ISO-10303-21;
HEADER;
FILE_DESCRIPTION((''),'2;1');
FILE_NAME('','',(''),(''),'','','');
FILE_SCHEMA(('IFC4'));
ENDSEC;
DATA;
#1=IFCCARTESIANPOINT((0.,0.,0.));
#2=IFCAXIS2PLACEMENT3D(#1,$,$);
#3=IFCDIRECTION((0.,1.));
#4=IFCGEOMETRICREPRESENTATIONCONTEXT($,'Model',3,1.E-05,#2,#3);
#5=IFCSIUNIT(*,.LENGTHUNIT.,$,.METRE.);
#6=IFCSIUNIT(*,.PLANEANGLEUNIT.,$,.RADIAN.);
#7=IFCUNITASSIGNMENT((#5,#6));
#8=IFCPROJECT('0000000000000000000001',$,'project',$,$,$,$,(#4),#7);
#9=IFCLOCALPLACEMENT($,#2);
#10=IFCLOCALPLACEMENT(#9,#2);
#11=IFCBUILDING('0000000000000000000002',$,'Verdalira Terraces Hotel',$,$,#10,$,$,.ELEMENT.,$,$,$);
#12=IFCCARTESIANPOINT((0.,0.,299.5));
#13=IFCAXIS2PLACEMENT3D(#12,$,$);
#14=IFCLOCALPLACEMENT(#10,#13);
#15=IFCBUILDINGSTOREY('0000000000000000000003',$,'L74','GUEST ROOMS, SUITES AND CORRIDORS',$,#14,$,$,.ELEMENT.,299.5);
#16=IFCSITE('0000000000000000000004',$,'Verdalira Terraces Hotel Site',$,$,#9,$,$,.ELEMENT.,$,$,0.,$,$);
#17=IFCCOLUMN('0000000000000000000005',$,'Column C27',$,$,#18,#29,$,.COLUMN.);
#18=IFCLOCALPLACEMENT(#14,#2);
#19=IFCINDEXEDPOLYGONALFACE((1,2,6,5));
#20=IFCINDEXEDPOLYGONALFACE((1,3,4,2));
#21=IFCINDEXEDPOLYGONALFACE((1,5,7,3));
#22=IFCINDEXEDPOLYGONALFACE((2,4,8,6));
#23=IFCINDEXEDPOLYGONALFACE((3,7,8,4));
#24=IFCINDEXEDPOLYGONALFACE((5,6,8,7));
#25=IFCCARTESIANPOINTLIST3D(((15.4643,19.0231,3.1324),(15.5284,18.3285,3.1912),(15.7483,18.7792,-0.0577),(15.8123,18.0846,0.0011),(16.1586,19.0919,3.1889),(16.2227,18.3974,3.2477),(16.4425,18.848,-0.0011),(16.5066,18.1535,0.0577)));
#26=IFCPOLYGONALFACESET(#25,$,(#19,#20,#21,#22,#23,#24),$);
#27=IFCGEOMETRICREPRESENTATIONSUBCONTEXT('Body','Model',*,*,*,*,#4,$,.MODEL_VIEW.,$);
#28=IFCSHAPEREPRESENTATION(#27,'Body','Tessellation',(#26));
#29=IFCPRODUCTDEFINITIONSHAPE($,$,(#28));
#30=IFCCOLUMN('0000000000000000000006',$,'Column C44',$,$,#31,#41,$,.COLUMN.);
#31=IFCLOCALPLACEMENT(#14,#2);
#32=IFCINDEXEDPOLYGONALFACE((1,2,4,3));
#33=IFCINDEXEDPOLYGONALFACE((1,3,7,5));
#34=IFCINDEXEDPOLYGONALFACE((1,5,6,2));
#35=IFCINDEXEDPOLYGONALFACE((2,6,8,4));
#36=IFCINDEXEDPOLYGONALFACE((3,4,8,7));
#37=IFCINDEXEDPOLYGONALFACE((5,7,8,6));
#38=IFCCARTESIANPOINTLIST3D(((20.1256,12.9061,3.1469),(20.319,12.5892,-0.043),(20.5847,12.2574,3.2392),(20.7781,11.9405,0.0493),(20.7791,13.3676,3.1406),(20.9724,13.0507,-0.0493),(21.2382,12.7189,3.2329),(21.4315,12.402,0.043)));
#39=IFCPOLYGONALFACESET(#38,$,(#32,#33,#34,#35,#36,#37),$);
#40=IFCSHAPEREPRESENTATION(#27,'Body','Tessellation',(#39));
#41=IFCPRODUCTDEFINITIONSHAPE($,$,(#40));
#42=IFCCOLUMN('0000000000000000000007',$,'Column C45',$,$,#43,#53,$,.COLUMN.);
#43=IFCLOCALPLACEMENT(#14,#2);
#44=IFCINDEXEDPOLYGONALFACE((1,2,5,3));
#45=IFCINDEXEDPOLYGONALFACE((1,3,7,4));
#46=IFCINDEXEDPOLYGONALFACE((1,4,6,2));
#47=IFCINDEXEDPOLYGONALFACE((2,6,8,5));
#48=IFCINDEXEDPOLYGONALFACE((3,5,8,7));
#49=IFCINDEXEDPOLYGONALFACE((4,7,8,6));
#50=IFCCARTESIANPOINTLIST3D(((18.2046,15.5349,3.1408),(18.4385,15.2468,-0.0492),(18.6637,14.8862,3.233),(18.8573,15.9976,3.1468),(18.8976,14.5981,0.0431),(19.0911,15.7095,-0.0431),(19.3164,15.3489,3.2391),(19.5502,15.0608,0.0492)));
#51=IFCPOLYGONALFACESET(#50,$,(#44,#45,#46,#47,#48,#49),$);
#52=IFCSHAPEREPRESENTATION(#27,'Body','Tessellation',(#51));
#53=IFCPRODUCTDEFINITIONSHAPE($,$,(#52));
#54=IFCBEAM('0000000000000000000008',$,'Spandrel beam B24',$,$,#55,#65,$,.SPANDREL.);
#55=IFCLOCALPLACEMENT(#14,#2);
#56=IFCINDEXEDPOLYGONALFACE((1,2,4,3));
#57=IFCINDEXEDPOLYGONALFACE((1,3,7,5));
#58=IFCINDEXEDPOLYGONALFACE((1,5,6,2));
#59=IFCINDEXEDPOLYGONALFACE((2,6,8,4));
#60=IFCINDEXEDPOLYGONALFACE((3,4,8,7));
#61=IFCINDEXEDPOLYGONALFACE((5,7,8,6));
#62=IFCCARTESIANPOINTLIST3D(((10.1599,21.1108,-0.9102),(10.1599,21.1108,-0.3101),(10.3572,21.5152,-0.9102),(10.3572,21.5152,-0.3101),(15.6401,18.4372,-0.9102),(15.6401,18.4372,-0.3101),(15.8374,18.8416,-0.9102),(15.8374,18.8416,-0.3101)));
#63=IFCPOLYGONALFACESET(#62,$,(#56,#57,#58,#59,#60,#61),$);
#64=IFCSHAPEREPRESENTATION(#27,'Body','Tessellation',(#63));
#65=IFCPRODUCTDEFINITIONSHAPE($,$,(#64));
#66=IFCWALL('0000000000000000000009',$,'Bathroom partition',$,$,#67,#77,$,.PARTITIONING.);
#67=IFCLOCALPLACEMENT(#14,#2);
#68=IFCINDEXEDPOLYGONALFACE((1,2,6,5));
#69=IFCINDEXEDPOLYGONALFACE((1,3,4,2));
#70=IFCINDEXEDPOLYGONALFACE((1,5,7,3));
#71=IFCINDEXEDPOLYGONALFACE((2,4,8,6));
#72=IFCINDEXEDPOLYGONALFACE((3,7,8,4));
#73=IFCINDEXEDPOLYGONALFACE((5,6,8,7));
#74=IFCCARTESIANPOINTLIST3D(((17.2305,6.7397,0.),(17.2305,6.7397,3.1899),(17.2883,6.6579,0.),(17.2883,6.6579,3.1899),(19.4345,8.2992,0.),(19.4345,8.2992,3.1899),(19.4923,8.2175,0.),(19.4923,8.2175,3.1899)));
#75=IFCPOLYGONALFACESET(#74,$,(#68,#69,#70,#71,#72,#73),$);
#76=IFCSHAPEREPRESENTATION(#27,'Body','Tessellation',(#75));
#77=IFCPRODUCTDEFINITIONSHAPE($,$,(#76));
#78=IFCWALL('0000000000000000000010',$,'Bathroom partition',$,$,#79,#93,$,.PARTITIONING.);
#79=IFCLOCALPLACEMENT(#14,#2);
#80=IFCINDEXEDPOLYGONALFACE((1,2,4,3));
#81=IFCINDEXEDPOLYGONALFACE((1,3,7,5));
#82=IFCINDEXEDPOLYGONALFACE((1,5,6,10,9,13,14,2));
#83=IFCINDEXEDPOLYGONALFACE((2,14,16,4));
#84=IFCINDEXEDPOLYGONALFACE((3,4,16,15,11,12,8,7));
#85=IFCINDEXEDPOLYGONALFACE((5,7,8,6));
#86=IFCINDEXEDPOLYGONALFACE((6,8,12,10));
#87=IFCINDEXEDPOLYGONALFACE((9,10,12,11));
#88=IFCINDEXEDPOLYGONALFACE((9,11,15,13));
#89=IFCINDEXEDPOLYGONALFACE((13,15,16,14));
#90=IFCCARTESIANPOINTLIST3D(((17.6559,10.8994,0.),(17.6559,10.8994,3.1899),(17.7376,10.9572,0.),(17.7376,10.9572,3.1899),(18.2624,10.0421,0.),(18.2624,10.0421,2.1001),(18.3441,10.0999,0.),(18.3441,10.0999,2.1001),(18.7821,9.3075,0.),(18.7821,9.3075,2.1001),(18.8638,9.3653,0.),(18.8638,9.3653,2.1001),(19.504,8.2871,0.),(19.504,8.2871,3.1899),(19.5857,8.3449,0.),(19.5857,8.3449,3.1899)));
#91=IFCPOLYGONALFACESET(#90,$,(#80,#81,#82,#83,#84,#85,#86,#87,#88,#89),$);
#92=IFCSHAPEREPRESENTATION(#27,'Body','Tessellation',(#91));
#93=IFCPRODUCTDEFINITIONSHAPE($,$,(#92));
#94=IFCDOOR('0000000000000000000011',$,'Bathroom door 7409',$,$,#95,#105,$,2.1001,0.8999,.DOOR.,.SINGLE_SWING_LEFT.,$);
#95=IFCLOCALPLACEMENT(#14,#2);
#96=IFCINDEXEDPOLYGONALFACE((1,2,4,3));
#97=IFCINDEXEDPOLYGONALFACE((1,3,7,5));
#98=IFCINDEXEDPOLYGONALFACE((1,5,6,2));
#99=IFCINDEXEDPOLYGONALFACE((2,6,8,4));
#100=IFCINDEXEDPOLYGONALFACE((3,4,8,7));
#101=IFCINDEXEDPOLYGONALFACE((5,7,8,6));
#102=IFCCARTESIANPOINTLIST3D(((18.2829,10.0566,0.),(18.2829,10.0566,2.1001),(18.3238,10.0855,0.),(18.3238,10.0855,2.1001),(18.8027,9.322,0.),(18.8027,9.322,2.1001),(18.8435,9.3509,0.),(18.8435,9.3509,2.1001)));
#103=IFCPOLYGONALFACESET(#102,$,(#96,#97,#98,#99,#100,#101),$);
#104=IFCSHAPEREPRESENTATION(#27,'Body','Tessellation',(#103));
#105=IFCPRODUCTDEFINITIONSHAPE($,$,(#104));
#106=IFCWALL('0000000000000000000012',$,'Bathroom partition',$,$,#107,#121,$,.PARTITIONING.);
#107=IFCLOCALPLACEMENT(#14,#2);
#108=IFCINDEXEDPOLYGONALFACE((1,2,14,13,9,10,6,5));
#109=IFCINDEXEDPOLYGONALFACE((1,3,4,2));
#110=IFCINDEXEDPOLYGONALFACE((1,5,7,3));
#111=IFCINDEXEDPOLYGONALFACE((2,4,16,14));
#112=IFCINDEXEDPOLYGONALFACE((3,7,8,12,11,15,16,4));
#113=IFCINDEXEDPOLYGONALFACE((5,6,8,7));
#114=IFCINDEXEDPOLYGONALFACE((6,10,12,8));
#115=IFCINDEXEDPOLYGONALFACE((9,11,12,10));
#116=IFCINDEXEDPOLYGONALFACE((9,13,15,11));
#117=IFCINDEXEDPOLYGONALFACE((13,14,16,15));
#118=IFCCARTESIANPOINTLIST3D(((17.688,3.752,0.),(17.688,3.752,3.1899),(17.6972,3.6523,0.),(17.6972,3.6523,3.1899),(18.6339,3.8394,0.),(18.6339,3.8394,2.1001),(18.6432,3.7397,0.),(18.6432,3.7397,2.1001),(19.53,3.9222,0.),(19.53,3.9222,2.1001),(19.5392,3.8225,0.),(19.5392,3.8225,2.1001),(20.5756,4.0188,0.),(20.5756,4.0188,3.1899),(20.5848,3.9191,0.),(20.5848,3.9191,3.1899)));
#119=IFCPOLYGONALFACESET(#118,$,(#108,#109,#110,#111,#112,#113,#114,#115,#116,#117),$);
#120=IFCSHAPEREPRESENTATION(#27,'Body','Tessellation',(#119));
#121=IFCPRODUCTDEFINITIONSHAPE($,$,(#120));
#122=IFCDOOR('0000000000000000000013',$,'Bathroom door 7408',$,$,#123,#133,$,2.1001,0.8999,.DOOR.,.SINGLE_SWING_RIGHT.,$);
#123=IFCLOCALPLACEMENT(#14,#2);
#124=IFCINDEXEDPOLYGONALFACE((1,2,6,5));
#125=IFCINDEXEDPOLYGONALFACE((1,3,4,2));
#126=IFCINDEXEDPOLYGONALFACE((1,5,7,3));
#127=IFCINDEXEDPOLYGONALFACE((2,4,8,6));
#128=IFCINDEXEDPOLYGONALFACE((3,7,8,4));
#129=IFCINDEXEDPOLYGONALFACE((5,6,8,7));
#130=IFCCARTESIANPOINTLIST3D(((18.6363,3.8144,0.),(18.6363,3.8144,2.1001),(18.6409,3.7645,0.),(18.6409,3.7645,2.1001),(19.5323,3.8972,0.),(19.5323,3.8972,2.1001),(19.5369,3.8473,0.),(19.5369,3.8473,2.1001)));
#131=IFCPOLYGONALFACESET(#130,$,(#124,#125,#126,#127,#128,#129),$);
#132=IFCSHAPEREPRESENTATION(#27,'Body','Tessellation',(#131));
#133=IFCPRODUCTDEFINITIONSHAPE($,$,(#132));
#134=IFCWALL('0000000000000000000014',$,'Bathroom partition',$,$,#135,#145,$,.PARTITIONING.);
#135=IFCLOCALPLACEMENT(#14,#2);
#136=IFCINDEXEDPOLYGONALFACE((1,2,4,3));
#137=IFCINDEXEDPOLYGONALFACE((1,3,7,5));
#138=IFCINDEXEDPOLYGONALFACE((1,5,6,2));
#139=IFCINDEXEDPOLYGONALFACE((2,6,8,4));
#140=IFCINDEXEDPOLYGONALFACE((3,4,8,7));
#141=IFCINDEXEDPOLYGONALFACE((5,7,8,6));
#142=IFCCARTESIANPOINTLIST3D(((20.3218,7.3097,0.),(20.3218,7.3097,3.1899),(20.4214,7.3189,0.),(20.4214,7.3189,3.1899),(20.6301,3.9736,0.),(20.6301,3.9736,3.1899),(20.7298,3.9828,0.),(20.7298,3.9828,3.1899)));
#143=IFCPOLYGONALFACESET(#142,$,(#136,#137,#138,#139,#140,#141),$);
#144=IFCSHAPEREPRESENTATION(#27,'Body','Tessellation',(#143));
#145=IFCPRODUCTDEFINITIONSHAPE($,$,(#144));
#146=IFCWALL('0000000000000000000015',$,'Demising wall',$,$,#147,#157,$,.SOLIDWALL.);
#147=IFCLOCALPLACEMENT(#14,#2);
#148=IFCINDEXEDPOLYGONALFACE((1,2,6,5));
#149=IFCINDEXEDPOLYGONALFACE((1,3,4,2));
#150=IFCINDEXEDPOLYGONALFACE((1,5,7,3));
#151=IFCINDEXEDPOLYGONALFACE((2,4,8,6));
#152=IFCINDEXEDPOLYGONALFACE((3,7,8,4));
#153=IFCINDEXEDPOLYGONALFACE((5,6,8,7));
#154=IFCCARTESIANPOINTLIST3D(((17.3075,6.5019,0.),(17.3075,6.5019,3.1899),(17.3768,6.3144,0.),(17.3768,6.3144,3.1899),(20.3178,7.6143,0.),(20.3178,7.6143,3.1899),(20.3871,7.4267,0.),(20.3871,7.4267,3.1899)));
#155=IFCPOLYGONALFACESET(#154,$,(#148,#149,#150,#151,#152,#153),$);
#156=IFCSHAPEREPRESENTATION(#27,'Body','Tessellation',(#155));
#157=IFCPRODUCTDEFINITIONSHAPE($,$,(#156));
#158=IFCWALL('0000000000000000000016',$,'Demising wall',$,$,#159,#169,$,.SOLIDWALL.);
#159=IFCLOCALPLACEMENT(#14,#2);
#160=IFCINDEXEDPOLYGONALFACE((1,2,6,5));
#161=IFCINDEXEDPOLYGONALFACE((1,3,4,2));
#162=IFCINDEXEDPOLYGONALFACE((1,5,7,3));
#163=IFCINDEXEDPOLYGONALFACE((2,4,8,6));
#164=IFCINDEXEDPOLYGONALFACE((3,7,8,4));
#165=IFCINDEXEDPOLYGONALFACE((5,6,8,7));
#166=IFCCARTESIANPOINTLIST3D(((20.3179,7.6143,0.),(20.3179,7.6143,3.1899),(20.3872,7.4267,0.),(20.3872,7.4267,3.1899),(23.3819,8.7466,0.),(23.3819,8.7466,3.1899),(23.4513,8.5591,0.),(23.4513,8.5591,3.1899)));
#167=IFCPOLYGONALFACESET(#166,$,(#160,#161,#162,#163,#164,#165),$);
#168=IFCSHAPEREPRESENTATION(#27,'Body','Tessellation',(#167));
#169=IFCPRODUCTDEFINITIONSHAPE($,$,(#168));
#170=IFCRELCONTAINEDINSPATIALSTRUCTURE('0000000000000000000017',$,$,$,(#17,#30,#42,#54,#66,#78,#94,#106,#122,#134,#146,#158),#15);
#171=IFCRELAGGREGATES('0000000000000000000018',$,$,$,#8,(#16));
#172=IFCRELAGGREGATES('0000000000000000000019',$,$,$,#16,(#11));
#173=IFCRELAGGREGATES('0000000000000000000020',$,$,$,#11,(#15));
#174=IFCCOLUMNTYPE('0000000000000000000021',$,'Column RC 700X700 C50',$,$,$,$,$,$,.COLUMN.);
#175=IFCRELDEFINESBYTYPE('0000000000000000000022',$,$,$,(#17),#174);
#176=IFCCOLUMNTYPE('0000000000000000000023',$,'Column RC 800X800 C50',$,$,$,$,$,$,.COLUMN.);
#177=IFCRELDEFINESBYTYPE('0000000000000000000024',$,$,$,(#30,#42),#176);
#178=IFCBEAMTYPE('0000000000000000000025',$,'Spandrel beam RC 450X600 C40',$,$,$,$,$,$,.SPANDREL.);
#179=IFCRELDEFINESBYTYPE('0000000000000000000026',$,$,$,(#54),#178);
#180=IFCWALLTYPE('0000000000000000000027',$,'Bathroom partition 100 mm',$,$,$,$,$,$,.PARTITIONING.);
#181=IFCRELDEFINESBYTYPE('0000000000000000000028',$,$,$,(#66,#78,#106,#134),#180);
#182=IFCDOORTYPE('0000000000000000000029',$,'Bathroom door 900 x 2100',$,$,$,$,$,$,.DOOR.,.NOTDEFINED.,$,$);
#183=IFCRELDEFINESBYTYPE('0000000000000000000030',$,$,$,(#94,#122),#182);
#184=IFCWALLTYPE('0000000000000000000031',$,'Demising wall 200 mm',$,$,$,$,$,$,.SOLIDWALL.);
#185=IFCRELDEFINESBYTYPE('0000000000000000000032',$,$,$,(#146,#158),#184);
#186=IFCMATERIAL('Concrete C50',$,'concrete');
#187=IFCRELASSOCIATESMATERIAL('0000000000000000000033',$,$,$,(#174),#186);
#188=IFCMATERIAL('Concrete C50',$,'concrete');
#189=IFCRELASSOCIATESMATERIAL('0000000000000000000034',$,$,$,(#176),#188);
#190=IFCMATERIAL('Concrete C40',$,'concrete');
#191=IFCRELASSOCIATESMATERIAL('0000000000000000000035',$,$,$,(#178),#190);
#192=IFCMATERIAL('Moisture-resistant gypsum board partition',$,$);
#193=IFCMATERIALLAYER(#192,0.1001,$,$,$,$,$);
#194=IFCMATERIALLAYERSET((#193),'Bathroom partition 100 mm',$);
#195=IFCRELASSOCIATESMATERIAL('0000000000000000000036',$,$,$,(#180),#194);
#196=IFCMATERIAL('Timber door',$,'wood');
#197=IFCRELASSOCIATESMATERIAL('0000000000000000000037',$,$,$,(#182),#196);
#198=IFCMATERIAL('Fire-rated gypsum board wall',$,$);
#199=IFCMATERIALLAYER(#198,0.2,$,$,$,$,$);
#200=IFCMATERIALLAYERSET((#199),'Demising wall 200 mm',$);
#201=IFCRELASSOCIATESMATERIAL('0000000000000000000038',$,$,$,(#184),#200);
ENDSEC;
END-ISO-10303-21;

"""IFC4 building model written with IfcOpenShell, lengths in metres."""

from ifc_helpers import new_model, si_unit, direction, frame, frame_2d, origin, origin_2d, place, context, subcontext, project, spatial, rectangle, extrude, material, layer, layer_set, material_profile, profile_set, type_object, element, fill, save


model = new_model("IFC4")

# Units and contexts
model_context = context("Model", 3, precision=1e-05, world=origin(), true_north=direction((0.0, 1.0)))
body_context = subcontext(model_context, "Body", "Model", "MODEL_VIEW")
ifc_project = project(units=[si_unit("LENGTHUNIT", "METRE"), si_unit("PLANEANGLEUNIT", "RADIAN")], contexts=[model_context])

# Site, building, storey
site_placement = place(None, origin())
site = spatial("IfcSite", under=ifc_project, at=site_placement, Name="Verdalira Terraces Hotel Site", CompositionType="ELEMENT", RefElevation=0.0)
building_placement = place(site_placement, origin())
building = spatial("IfcBuilding", under=site, at=building_placement, Name="Verdalira Terraces Hotel", CompositionType="ELEMENT")
storey_placement = place(building_placement, frame((0.0, 0.0, 299.5)))
storey = spatial("IfcBuildingStorey", under=building, at=storey_placement, Name="L74", Description="GUEST ROOMS, SUITES AND CORRIDORS", CompositionType="ELEMENT", Elevation=299.5)

# Columns
ifc_material_1 = material(Name="Concrete C50", Category="concrete")
ifc_material_profile_1 = material_profile(ifc_material_1, rectangle(XDim=0.7, YDim=0.7, at=origin_2d()), Name="RC 700X700")
ifc_profile_set_1 = profile_set([ifc_material_profile_1], Name="Concrete C50")
column_type_1 = type_object("IfcColumnType", Name="Column RC 700X700 C50", PredefinedType="COLUMN", material=ifc_profile_set_1)
column_placement = place(storey_placement, frame((16.1274, 18.4663, 0.0), z_axis=(-0.088403, 0.075937, 0.993186), x_axis=(0.991871, 0.09833, 0.080768)))
element("IfcColumn", 1, at=column_placement, inside=storey, type_object=column_type_1, Name="Column C27", PredefinedType="COLUMN", context=body_context, shape_type="SweptSolid", body=[
    extrude(rectangle(XDim=0.7, YDim=0.7, at=origin_2d()), origin(), (0.0, 0.0, 1.0), 3.2119),
])
ifc_material_2 = material(Name="Concrete C50", Category="concrete")
ifc_material_profile_2 = material_profile(ifc_material_2, rectangle(XDim=0.8, YDim=0.8, at=origin_2d()), Name="RC 800X800")
ifc_profile_set_2 = profile_set([ifc_material_profile_2], Name="Concrete C50")
column_type_2 = type_object("IfcColumnType", Name="Column RC 800X800 C50", PredefinedType="COLUMN", material=ifc_profile_set_2)
for number, where, z_axis, x_axis, name in (
    (2, (20.8752, 12.4956, 0.0), (-0.060209, 0.098676, 0.993297), (0.816773, 0.576907, -0.007802), "Column C44"),
    (3, (18.9944, 15.1538, 0.0), (-0.072829, 0.089706, 0.993302), (0.815718, 0.578401, 0.007573), "Column C45"),
):
    element("IfcColumn", number, at=place(storey_placement, frame(where, z_axis=z_axis, x_axis=x_axis)), inside=storey, type_object=column_type_2, Name=name, PredefinedType="COLUMN", context=body_context, shape_type="SweptSolid", body=[
        extrude(rectangle(XDim=0.8, YDim=0.8, at=origin_2d()), origin(), (0.0, 0.0, 1.0), 3.2114),
    ])

# Beam
ifc_material_3 = material(Name="Concrete C40", Category="concrete")
ifc_material_profile_3 = material_profile(ifc_material_3, rectangle(XDim=0.45, YDim=0.6001, at=origin_2d()), Name="RC 450X600")
ifc_profile_set_3 = profile_set([ifc_material_profile_3], Name="Concrete C40")
beam_type = type_object("IfcBeamType", Name="Spandrel beam RC 450X600 C40", PredefinedType="SPANDREL", material=ifc_profile_set_3)
beam_placement = place(storey_placement, frame((15.7388, 18.6394, -0.6101), z_axis=(-0.898749, 0.438464, 0.0), x_axis=(-0.438464, -0.898749, 0.0)))
element("IfcBeam", 4, at=beam_placement, inside=storey, type_object=beam_type, Name="Spandrel beam B24", PredefinedType="SPANDREL", context=body_context, shape_type="SweptSolid", body=[
    extrude(rectangle(XDim=0.45, YDim=0.6001, at=origin_2d()), origin(), (0.0, 0.0, 1.0), 6.0977),
])

# Wall
ifc_material_4 = material(Name="Moisture-resistant gypsum board partition")
ifc_layer_1 = layer(ifc_material_4, 0.1001)
ifc_layer_set_1 = layer_set([ifc_layer_1], Name="Bathroom partition 100 mm")
wall_type_1 = type_object("IfcWallType", Name="Bathroom partition 100 mm", PredefinedType="PARTITIONING", material=ifc_layer_set_1)
wall_1_placement = place(storey_placement, frame((17.2593, 6.6987, 0.0), z_axis=(0.0, 0.0, 1.0), x_axis=(0.816316, 0.577606, 0.0)))
element("IfcWall", 5, at=wall_1_placement, inside=storey, type_object=wall_type_1, Name="Bathroom partition", PredefinedType="PARTITIONING", context=body_context, shape_type="SweptSolid", body=[
    extrude(rectangle(XDim=2.7, YDim=0.1001, at=frame_2d((1.3501, 0.0))), origin(), (0.0, 0.0, 1.0), 3.1899),
])

# Walls, openings, doors
wall_2_placement = place(storey_placement, frame((19.5449, 8.3159, 0.0), z_axis=(0.0, 0.0, 1.0), x_axis=(-0.577552, 0.816354, 0.0)))
wall_2 = element("IfcWall", 6, at=wall_2_placement, inside=storey, type_object=wall_type_1, Name="Bathroom partition", PredefinedType="PARTITIONING", context=body_context, shape_type="SweptSolid", body=[
    extrude(rectangle(XDim=3.2, YDim=0.1001, at=frame_2d((1.6001, 0.0))), origin(), (0.0, 0.0, 1.0), 3.1899),
])
opening_1_placement = place(wall_2_placement, frame((1.25, 0.0, 0.0)))
opening_1 = element("IfcOpeningElement", 7, at=opening_1_placement, cuts=wall_2, PredefinedType="OPENING", context=body_context, shape_type="SweptSolid", body=[
    extrude(rectangle(XDim=0.8999, YDim=2.1001, at=frame_2d((0.45, 1.05))), frame((0.0, 0.0601, 0.0), z_axis=(0.0, -1.0, 0.0), x_axis=(1.0, 0.0, 0.0)), (0.0, 0.0, 1.0), 0.1201),
])
ifc_material_5 = material(Name="Timber door", Category="wood")
door_type_1 = type_object("IfcDoorType", Name="Bathroom door 900 x 2100", OperationType="NOTDEFINED", PredefinedType="DOOR", material=ifc_material_5)
door_1_placement = place(opening_1_placement, origin())
door_1 = element("IfcDoor", 8, at=door_1_placement, inside=storey, type_object=door_type_1, Name="Bathroom door 7409", OperationType="SINGLE_SWING_LEFT", OverallHeight=2.1001, OverallWidth=0.8999, PredefinedType="DOOR", context=body_context, shape_type="SweptSolid", body=[
    extrude(rectangle(XDim=0.8999, YDim=2.1001, at=frame_2d((0.45, 1.05))), frame((0.0, 0.0249, 0.0), z_axis=(0.0, -1.0, 0.0), x_axis=(1.0, 0.0, 0.0)), (0.0, 0.0, 1.0), 0.05),
])
fill(opening_1, door_1)
wall_3_placement = place(storey_placement, frame((17.6926, 3.7021, 0.0), z_axis=(0.0, 0.0, 1.0), x_axis=(0.995758, 0.092016, 0.0)))
wall_3 = element("IfcWall", 9, at=wall_3_placement, inside=storey, type_object=wall_type_1, Name="Bathroom partition", PredefinedType="PARTITIONING", context=body_context, shape_type="SweptSolid", body=[
    extrude(rectangle(XDim=2.8999, YDim=0.1001, at=frame_2d((1.45, 0.0))), origin(), (0.0, 0.0, 1.0), 3.1899),
])
opening_2_placement = place(wall_3_placement, frame((0.95, 0.0, 0.0)))
opening_2 = element("IfcOpeningElement", 10, at=opening_2_placement, cuts=wall_3, PredefinedType="OPENING", context=body_context, shape_type="SweptSolid", body=[
    extrude(rectangle(XDim=0.8999, YDim=2.1001, at=frame_2d((0.45, 1.05))), frame((0.0, 0.0601, 0.0), z_axis=(0.0, -1.0, 0.0), x_axis=(1.0, 0.0, 0.0)), (0.0, 0.0, 1.0), 0.1201),
])
door_2_placement = place(opening_2_placement, origin())
door_2 = element("IfcDoor", 11, at=door_2_placement, inside=storey, type_object=door_type_1, Name="Bathroom door 7408", OperationType="SINGLE_SWING_RIGHT", OverallHeight=2.1001, OverallWidth=0.8999, PredefinedType="DOOR", context=body_context, shape_type="SweptSolid", body=[
    extrude(rectangle(XDim=0.8999, YDim=2.1001, at=frame_2d((0.45, 1.05))), frame((0.0, 0.0249, 0.0), z_axis=(0.0, -1.0, 0.0), x_axis=(1.0, 0.0, 0.0)), (0.0, 0.0, 1.0), 0.05),
])
fill(opening_2, door_2)

# Walls
wall_4_placement = place(storey_placement, frame((20.3716, 7.3145, 0.0), z_axis=(0.0, 0.0, 1.0), x_axis=(0.092034, -0.995756, 0.0)))
element("IfcWall", 12, at=wall_4_placement, inside=storey, type_object=wall_type_1, Name="Bathroom partition", PredefinedType="PARTITIONING", context=body_context, shape_type="SweptSolid", body=[
    extrude(rectangle(XDim=3.3503, YDim=0.1001, at=frame_2d((1.6753, 0.0))), origin(), (0.0, 0.0, 1.0), 3.1899),
])
ifc_material_6 = material(Name="Fire-rated gypsum board wall")
ifc_layer_2 = layer(ifc_material_6, 0.2)
ifc_layer_set_2 = layer_set([ifc_layer_2], Name="Demising wall 200 mm")
wall_type_2 = type_object("IfcWallType", Name="Demising wall 200 mm", PredefinedType="SOLIDWALL", material=ifc_layer_set_2)
wall_5_placement = place(storey_placement, frame((17.3423, 6.4082, 0.0), z_axis=(0.0, 0.0, 1.0), x_axis=(0.938013, 0.346601, 0.0)))
element("IfcWall", 13, at=wall_5_placement, inside=storey, type_object=wall_type_2, Name="Demising wall", PredefinedType="SOLIDWALL", context=body_context, shape_type="SweptSolid", body=[
    extrude(rectangle(XDim=3.2092, YDim=0.2, at=frame_2d((1.6045, 0.0))), origin(), (0.0, 0.0, 1.0), 3.1899),
])
wall_6_placement = place(storey_placement, frame((20.3525, 7.5205, 0.0), z_axis=(0.0, 0.0, 1.0), x_axis=(0.937996, 0.346647, 0.0)))
element("IfcWall", 14, at=wall_6_placement, inside=storey, type_object=wall_type_2, Name="Demising wall", PredefinedType="SOLIDWALL", context=body_context, shape_type="SweptSolid", body=[
    extrude(rectangle(XDim=3.2666, YDim=0.2, at=frame_2d((1.6333, 0.0))), origin(), (0.0, 0.0, 1.0), 3.1899),
])

save(model, "model.ifc")
